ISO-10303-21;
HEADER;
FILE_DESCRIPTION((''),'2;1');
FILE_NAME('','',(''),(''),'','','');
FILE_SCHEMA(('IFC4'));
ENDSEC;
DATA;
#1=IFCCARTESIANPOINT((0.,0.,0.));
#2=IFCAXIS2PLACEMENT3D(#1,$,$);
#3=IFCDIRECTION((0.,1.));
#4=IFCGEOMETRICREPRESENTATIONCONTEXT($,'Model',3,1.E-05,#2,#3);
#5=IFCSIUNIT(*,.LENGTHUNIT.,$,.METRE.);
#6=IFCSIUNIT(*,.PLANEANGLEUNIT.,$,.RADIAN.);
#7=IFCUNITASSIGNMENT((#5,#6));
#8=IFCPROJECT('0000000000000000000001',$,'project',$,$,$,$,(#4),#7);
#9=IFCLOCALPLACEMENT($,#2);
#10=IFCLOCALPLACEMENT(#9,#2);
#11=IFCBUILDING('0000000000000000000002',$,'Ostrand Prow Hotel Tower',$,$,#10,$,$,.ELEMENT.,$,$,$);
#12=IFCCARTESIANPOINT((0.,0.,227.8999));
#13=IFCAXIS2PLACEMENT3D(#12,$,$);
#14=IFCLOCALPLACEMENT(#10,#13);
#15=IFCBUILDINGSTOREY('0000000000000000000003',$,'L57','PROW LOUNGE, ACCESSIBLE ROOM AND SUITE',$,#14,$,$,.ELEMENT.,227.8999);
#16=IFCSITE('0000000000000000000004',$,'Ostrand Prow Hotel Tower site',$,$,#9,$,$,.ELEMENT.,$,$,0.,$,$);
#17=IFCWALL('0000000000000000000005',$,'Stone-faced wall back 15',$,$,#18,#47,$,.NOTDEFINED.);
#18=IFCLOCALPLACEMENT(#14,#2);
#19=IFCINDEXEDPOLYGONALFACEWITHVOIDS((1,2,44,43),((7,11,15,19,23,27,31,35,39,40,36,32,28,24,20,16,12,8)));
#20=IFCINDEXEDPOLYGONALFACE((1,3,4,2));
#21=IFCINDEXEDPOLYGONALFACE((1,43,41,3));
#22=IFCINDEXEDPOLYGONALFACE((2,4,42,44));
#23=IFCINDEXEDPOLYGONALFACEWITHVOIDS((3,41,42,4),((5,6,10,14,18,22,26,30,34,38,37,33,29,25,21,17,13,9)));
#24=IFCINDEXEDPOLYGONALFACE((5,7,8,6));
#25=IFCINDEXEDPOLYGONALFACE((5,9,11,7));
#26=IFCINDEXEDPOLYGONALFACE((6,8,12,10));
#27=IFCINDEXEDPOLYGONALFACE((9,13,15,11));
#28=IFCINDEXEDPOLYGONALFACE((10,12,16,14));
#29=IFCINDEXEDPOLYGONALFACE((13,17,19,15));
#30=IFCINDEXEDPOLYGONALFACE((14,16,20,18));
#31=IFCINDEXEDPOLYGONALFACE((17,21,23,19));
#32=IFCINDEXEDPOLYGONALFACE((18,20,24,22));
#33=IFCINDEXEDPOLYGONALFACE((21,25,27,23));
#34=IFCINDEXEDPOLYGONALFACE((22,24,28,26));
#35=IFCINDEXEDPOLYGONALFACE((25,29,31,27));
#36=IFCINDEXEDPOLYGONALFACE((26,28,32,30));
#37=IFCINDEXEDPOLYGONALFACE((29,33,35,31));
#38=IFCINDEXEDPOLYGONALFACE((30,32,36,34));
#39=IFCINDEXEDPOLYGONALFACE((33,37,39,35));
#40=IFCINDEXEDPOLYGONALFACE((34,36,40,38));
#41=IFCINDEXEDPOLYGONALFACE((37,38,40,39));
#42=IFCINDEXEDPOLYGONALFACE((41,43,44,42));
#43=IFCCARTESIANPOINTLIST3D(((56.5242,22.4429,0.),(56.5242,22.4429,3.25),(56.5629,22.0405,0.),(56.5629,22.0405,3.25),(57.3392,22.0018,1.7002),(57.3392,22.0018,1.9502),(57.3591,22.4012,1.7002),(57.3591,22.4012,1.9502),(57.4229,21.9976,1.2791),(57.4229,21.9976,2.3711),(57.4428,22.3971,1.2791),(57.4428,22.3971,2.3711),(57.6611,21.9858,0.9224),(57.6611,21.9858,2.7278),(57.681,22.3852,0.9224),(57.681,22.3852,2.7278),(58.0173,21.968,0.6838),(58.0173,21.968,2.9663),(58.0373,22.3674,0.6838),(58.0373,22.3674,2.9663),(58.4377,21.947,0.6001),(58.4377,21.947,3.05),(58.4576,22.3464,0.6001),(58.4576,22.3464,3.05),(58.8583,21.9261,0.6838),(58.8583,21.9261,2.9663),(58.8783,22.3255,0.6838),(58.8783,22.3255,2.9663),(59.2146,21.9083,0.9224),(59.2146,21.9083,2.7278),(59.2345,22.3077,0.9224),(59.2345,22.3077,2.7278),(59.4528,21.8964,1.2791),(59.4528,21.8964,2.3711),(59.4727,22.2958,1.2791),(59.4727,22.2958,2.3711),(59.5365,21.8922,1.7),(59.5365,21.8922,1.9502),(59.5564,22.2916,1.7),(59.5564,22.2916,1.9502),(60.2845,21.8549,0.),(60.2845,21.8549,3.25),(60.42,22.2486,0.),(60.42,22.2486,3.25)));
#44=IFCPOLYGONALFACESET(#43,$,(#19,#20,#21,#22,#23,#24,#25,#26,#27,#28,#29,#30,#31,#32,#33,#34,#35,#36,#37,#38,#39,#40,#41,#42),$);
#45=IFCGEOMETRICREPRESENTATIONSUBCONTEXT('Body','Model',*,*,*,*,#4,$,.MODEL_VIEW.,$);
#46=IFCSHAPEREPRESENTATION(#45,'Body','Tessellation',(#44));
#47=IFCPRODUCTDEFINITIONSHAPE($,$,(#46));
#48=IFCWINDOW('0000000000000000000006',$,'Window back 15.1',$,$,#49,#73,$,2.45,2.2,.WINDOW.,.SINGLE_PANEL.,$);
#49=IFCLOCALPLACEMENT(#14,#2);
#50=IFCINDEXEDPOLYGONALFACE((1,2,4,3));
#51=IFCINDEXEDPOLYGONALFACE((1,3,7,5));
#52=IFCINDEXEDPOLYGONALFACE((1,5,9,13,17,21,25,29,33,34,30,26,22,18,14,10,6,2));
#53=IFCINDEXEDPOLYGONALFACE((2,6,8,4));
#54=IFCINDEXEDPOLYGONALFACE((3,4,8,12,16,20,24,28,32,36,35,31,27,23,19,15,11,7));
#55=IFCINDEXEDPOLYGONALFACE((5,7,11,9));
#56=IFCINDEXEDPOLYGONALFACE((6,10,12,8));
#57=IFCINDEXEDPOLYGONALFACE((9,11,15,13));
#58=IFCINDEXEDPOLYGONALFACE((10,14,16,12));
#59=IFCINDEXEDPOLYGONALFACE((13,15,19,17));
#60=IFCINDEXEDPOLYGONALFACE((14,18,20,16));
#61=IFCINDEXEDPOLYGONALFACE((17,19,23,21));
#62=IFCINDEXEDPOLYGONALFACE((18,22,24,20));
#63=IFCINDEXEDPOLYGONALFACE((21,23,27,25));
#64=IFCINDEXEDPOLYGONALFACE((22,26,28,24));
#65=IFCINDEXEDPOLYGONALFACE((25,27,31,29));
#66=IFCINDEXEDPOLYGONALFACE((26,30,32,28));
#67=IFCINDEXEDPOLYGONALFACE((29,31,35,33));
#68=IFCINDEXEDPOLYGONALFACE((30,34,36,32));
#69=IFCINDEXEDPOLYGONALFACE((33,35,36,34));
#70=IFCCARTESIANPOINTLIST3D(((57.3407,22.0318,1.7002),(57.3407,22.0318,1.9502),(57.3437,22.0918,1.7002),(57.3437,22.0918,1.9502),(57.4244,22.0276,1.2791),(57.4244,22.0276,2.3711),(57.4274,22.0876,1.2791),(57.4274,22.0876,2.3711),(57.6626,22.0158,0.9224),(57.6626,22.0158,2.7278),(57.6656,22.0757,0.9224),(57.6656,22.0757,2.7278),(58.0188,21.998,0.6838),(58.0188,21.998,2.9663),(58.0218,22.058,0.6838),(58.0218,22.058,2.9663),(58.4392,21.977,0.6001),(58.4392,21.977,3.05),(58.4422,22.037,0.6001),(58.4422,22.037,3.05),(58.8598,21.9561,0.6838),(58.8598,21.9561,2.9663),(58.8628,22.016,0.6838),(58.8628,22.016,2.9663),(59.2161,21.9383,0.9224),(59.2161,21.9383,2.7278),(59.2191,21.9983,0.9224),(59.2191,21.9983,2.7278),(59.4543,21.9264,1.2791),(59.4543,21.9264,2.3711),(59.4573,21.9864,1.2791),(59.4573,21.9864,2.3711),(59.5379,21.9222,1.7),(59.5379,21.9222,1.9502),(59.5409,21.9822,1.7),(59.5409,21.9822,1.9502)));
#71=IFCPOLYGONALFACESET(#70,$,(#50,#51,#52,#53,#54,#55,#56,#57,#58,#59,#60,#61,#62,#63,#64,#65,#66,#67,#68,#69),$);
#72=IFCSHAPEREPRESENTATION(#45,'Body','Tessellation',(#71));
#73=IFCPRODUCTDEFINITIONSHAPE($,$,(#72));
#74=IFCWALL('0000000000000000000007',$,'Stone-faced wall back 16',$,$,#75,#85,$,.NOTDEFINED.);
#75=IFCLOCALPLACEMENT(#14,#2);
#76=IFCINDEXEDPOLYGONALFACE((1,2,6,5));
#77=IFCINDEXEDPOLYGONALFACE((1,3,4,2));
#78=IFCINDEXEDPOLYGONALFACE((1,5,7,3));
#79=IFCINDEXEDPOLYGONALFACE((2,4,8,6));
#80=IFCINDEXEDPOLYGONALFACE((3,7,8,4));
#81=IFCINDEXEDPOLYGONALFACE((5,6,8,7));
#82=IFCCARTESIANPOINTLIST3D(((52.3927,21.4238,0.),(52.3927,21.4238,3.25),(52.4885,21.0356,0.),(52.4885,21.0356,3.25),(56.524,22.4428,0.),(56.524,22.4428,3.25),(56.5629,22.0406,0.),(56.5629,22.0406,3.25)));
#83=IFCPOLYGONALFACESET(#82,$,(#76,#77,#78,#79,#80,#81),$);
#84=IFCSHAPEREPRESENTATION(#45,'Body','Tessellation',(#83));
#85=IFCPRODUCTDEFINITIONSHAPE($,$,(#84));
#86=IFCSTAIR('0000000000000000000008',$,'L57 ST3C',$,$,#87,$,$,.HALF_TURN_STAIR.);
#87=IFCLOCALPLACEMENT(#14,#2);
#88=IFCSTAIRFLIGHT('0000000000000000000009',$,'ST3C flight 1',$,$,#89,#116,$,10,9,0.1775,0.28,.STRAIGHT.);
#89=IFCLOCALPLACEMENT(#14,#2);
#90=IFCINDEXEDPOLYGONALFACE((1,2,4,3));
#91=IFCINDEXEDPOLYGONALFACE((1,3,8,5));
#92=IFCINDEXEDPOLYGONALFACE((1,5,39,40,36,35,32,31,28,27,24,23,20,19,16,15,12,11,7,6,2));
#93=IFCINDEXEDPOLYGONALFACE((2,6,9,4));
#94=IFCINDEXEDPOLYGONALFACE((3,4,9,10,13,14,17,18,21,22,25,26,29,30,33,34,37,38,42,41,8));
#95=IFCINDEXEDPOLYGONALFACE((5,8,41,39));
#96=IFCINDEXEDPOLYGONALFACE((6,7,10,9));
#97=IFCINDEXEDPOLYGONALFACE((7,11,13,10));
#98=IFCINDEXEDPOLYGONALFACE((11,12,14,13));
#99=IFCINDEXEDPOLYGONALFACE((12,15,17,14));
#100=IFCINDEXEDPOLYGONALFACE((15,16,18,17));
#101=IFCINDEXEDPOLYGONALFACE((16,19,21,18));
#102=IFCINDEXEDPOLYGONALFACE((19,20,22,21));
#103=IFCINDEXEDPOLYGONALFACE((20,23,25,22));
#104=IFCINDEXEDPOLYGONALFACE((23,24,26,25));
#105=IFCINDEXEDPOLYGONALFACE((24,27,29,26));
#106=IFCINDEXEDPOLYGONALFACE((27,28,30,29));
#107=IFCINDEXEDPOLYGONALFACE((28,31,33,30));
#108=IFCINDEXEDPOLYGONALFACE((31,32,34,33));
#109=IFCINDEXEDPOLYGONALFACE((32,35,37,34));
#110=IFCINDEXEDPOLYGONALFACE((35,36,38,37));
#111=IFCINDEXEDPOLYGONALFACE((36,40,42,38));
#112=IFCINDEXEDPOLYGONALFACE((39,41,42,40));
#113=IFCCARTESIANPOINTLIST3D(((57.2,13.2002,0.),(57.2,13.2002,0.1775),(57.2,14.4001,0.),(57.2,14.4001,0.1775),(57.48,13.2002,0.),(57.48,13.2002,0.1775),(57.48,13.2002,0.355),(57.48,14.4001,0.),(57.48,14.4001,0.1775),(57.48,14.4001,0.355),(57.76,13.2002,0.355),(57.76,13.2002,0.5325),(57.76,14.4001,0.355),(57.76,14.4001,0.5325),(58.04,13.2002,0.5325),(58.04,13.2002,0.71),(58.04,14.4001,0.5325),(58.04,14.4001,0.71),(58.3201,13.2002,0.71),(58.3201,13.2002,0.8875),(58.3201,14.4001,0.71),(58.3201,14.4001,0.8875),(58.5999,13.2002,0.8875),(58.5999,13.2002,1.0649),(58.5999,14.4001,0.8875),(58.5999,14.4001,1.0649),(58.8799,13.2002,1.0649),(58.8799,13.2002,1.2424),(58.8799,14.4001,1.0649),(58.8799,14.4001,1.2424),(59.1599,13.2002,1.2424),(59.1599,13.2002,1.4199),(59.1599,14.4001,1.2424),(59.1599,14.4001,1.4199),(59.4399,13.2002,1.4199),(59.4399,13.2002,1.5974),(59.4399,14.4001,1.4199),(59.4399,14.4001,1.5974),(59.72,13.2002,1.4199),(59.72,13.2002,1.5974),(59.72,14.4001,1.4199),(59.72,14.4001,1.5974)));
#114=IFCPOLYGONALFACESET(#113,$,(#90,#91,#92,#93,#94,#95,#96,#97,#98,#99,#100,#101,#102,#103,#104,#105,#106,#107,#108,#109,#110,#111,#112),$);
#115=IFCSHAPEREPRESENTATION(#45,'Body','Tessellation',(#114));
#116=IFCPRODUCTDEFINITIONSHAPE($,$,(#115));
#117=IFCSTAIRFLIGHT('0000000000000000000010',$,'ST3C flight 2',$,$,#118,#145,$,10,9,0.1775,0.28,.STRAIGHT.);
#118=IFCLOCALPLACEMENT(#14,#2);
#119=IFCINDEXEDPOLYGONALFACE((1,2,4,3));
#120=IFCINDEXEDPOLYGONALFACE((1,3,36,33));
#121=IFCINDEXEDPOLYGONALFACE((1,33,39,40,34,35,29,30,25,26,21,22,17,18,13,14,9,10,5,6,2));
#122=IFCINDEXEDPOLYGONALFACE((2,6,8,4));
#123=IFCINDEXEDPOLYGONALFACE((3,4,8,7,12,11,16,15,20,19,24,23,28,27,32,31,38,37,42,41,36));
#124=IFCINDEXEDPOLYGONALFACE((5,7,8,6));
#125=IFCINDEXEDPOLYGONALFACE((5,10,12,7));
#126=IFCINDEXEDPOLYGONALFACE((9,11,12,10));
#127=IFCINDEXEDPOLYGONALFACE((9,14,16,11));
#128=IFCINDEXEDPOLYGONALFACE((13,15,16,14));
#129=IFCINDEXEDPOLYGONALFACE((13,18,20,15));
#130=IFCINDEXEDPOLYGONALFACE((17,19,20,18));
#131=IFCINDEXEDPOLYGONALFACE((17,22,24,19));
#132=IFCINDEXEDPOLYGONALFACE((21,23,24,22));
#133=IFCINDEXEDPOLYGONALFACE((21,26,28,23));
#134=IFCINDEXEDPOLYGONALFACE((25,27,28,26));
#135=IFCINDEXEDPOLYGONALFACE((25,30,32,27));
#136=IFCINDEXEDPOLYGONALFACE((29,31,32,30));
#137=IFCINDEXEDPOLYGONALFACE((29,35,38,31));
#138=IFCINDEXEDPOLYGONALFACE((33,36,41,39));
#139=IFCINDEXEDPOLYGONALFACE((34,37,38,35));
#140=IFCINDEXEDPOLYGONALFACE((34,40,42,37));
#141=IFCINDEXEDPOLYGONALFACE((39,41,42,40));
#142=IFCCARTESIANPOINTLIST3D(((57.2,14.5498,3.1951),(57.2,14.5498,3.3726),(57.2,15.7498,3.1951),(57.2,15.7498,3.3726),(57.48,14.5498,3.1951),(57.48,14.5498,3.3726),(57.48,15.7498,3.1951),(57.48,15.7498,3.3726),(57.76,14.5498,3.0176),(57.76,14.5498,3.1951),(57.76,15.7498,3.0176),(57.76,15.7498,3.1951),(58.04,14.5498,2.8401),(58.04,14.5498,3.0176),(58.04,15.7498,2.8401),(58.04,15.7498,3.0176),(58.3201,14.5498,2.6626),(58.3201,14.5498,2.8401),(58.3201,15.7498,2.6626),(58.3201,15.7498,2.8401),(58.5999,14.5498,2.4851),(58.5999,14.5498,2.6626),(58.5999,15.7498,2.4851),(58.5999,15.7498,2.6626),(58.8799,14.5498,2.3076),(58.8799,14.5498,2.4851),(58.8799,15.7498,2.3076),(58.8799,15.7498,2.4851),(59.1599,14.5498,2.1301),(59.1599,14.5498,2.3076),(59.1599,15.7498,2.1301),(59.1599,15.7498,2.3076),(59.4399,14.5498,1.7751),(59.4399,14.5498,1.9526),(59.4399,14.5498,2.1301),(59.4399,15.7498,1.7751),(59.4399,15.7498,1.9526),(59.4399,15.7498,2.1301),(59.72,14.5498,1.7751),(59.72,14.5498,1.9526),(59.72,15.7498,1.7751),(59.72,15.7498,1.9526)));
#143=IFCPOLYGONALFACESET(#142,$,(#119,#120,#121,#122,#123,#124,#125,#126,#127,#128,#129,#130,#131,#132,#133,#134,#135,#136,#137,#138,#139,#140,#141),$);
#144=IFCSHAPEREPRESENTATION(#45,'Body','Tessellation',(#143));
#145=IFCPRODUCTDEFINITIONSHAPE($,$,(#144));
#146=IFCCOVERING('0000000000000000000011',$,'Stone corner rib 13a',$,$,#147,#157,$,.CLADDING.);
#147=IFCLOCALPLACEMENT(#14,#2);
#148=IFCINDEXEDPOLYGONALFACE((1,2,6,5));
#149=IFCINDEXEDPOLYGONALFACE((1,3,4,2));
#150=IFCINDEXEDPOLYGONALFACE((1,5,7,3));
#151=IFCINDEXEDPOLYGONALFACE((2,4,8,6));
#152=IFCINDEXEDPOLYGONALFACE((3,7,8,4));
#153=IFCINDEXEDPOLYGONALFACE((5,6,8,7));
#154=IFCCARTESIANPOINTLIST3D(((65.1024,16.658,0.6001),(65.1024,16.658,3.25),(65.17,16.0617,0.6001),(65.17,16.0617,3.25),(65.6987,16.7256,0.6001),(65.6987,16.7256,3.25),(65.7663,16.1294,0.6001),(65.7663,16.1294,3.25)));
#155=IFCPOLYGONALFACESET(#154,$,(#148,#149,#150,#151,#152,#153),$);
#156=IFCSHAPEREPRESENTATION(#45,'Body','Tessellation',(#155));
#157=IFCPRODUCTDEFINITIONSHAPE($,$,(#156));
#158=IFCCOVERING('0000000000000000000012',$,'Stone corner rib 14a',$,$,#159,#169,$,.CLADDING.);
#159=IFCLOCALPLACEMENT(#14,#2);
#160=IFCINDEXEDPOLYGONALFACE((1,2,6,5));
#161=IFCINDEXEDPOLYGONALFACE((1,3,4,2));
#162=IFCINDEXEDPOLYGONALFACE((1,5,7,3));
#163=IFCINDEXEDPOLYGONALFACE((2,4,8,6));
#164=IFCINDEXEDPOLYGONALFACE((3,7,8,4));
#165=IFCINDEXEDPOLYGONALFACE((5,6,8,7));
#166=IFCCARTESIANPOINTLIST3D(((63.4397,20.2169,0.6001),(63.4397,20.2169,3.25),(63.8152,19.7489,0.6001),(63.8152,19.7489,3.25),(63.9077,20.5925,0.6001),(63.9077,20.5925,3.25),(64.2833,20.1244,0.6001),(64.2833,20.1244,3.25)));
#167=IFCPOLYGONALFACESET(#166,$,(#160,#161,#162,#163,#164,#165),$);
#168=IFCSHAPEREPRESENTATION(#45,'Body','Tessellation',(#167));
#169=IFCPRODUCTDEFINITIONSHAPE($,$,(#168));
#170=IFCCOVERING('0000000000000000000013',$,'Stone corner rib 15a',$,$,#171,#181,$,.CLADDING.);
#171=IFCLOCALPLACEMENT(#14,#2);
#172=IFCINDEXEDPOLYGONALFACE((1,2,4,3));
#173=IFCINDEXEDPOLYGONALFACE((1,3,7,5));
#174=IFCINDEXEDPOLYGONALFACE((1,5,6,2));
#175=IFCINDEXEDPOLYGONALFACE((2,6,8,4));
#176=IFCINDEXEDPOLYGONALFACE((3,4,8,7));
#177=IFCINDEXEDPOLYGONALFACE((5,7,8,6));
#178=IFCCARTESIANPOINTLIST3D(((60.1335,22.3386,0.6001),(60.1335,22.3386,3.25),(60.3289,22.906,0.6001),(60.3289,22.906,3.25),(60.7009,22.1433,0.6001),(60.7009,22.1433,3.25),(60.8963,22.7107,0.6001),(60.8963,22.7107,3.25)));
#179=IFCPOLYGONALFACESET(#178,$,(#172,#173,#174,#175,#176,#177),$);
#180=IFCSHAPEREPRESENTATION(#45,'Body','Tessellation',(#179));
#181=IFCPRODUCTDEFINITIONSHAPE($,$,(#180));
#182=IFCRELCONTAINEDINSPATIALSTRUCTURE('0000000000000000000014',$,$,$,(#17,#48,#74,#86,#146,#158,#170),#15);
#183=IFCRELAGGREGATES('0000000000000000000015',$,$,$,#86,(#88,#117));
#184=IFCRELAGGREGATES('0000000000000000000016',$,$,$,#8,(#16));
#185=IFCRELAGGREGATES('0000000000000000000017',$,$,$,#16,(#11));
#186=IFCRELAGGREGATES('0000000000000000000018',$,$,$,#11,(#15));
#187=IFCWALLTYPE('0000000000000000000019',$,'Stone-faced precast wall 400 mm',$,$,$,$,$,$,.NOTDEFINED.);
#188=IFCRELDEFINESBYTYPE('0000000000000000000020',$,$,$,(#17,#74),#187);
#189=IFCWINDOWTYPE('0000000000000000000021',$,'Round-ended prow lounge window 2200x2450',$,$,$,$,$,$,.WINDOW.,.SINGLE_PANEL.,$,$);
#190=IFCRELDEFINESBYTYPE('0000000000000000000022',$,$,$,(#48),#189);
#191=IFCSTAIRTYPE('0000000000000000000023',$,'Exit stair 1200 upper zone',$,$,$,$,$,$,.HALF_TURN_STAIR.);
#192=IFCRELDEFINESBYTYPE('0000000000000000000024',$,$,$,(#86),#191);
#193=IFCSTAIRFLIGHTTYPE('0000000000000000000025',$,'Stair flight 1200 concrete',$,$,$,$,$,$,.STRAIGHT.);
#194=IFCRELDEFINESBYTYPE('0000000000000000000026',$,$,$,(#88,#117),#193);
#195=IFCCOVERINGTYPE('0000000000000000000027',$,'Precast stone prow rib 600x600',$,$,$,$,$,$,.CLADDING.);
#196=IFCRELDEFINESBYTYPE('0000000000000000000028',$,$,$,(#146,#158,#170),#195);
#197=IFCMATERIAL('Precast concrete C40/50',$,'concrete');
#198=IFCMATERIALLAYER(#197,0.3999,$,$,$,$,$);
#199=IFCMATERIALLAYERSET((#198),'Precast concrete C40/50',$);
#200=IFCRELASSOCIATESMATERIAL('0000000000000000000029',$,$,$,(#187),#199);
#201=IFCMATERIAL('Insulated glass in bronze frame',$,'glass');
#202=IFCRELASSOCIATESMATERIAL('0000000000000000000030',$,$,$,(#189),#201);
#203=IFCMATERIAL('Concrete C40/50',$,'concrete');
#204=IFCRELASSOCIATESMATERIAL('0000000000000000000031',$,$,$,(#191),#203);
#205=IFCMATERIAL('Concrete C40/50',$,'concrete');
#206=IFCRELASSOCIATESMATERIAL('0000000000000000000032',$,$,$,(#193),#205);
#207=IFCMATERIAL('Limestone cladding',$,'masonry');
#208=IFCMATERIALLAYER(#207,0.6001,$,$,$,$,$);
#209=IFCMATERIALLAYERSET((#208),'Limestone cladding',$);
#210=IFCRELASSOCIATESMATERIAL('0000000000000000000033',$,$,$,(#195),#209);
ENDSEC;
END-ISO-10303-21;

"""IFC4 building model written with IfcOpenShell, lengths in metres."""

from ifc_helpers import new_model, si_unit, direction, frame, frame_2d, origin, place, context, subcontext, project, spatial, polyline, rectangle, outline, extrude, material, layer, layer_set, type_object, element, fill, aggregate, save


model = new_model("IFC4")

# Units and contexts
model_context = context("Model", 3, precision=1e-05, world=origin(), true_north=direction((0.0, 1.0)))
body_context = subcontext(model_context, "Body", "Model", "MODEL_VIEW")
ifc_project = project(units=[si_unit("LENGTHUNIT", "METRE"), si_unit("PLANEANGLEUNIT", "RADIAN")], contexts=[model_context])

# Site, building, storey
site_placement = place(None, origin())
site = spatial("IfcSite", under=ifc_project, at=site_placement, Name="Ostrand Prow Hotel Tower site", CompositionType="ELEMENT", RefElevation=0.0)
building_placement = place(site_placement, origin())
building = spatial("IfcBuilding", under=site, at=building_placement, Name="Ostrand Prow Hotel Tower", CompositionType="ELEMENT")
storey_placement = place(building_placement, frame((0.0, 0.0, 227.8999)))
storey = spatial("IfcBuildingStorey", under=building, at=storey_placement, Name="L57", Description="PROW LOUNGE, ACCESSIBLE ROOM AND SUITE", CompositionType="ELEMENT", Elevation=227.8999)

# Wall, opening, window
ifc_material_1 = material(Name="Precast concrete C40/50", Category="concrete")
ifc_layer_1 = layer(ifc_material_1, 0.3999)
ifc_layer_set_1 = layer_set([ifc_layer_1], Name="Precast concrete C40/50")
wall_type = type_object("IfcWallType", Name="Stone-faced precast wall 400 mm", PredefinedType="NOTDEFINED", material=ifc_layer_set_1)
ifc_material_2 = material(Name="Insulated glass in bronze frame", Category="glass")
window_type = type_object("IfcWindowType", Name="Round-ended prow lounge window 2200x2450", PartitioningType="SINGLE_PANEL", PredefinedType="WINDOW", material=ifc_material_2)
wall_1_placement = place(storey_placement, frame((60.3523, 22.0518, 0.0), z_axis=(0.0, 0.0, 1.0), x_axis=(-0.998759, 0.049807, 0.0)))
wall_1 = element("IfcWall", 1, at=wall_1_placement, inside=storey, type_object=wall_type, Name="Stone-faced wall back 15", PredefinedType="NOTDEFINED", context=body_context, shape_type="SweptSolid", body=[
    extrude(outline(polyline([(-0.0579, -0.2), (3.8428, -0.2), (3.7842, 0.2), (0.0579, 0.2), (-0.0579, -0.2)])), origin(), (0.0, 0.0, 1.0), 3.25),
])
opening_1_placement = place(wall_1_placement, frame((0.8069, 0.0, 0.6001)))
opening_1 = element("IfcOpeningElement", 2, at=opening_1_placement, cuts=wall_1, PredefinedType="OPENING", context=body_context, shape_type="SweptSolid", body=[
    extrude(outline(polyline([(0.0, 1.3501), (0.0837, 1.771), (0.3223, 2.1277), (0.679, 2.3662), (1.1001, 2.45), (1.521, 2.3662), (1.8777, 2.1277), (2.1162, 1.771), (2.2, 1.3501), (2.2, 1.1001), (2.1162, 0.679), (1.8777, 0.3223), (1.521, 0.0837), (1.1001, 0.0), (0.679, 0.0837), (0.3223, 0.3223), (0.0837, 0.679), (0.0, 1.0999), (0.0, 1.3501)])), frame((0.0, 0.21, 0.0), z_axis=(0.0, -1.0, 0.0), x_axis=(1.0, 0.0, 0.0)), (0.0, 0.0, 1.0), 0.4199),
])
window_1_placement = place(opening_1_placement, origin())
window_1 = element("IfcWindow", 3, at=window_1_placement, inside=storey, type_object=window_type, Name="Window back 15.1", OverallHeight=2.45, OverallWidth=2.2, PartitioningType="SINGLE_PANEL", PredefinedType="WINDOW", context=body_context, shape_type="SweptSolid", body=[
    extrude(outline(polyline([(0.0, 1.3501), (0.0837, 1.771), (0.3223, 2.1277), (0.679, 2.3662), (1.1001, 2.45), (1.521, 2.3662), (1.8777, 2.1277), (2.1162, 1.771), (2.2, 1.3501), (2.2, 1.1001), (2.1162, 0.679), (1.8777, 0.3223), (1.521, 0.0837), (1.1001, 0.0), (0.679, 0.0837), (0.3223, 0.3223), (0.0837, 0.679), (0.0, 1.0999), (0.0, 1.3501)])), frame((0.0, 0.1699, 0.0), z_axis=(0.0, -1.0, 0.0), x_axis=(1.0, 0.0, 0.0)), (0.0, 0.0, 1.0), 0.0601),
])
fill(opening_1, window_1)

# Wall
wall_2_placement = place(storey_placement, frame((56.5435, 22.2417, 0.0), z_axis=(0.0, 0.0, 1.0), x_axis=(-0.970902, -0.239476, 0.0)))
element("IfcWall", 4, at=wall_2_placement, inside=storey, type_object=wall_type, Name="Stone-faced wall back 16", PredefinedType="NOTDEFINED", context=body_context, shape_type="SweptSolid", body=[
    extrude(outline(polyline([(-0.0293, -0.2), (4.2258, -0.2), (4.2258, 0.2), (0.0293, 0.2), (-0.0293, -0.2)])), origin(), (0.0, 0.0, 1.0), 3.25),
])

# Stair, stair flights
ifc_material_3 = material(Name="Concrete C40/50", Category="concrete")
stair_type = type_object("IfcStairType", Name="Exit stair 1200 upper zone", PredefinedType="HALF_TURN_STAIR", material=ifc_material_3)
stair_placement = place(storey_placement, origin())
stair = element("IfcStair", 5, at=stair_placement, inside=storey, type_object=stair_type, Name="L57 ST3C", PredefinedType="HALF_TURN_STAIR")
ifc_material_4 = material(Name="Concrete C40/50", Category="concrete")
stair_flight_type = type_object("IfcStairFlightType", Name="Stair flight 1200 concrete", PredefinedType="STRAIGHT", material=ifc_material_4)
stair_flight_1_placement = place(storey_placement, frame((57.2, 13.8, 0.0), z_axis=(0.0, 0.0, 1.0), x_axis=(1.0, 0.0, 0.0)))
stair_flight_1 = element("IfcStairFlight", 6, at=stair_flight_1_placement, type_object=stair_flight_type, Name="ST3C flight 1", NumberOfRisers=10, NumberOfTreads=9, PredefinedType="STRAIGHT", RiserHeight=0.1775, TreadLength=0.28, context=body_context, shape_type="SweptSolid", body=[
    extrude(outline(polyline([(0.0, 0.0), (0.0, 0.1775), (0.28, 0.1775), (0.28, 0.355), (0.5601, 0.355), (0.5601, 0.5325), (0.8401, 0.5325), (0.8401, 0.71), (1.1201, 0.71), (1.1201, 0.8875), (1.3999, 0.8875), (1.3999, 1.0649), (1.6799, 1.0649), (1.6799, 1.2424), (1.96, 1.2424), (1.96, 1.4199), (2.24, 1.4199), (2.24, 1.5974), (2.52, 1.5974), (2.52, 1.7749), (2.52, 1.4199), (0.28, 0.0), (0.0, 0.0)])), frame((0.0, 0.6001, 0.0), z_axis=(0.0, -1.0, 0.0), x_axis=(1.0, 0.0, 0.0)), (0.0, 0.0, 1.0), 1.2),
])
stair_flight_2_placement = place(storey_placement, frame((59.72, 15.1499, 1.7751), z_axis=(0.0, 0.0, 1.0), x_axis=(-1.0, 0.0, 0.0)))
stair_flight_2 = element("IfcStairFlight", 7, at=stair_flight_2_placement, type_object=stair_flight_type, Name="ST3C flight 2", NumberOfRisers=10, NumberOfTreads=9, PredefinedType="STRAIGHT", RiserHeight=0.1775, TreadLength=0.28, context=body_context, shape_type="SweptSolid", body=[
    extrude(outline(polyline([(0.0, 0.0), (0.0, 0.1775), (0.28, 0.1775), (0.28, 0.355), (0.5601, 0.355), (0.5601, 0.5325), (0.8401, 0.5325), (0.8401, 0.71), (1.1201, 0.71), (1.1201, 0.8875), (1.3999, 0.8875), (1.3999, 1.0649), (1.6799, 1.0649), (1.6799, 1.2424), (1.96, 1.2424), (1.96, 1.4199), (2.24, 1.4199), (2.24, 1.5974), (2.52, 1.5974), (2.52, 1.7749), (2.52, 1.4199), (0.28, 0.0), (0.0, 0.0)])), frame((0.0, 0.6001, 0.0), z_axis=(0.0, -1.0, 0.0), x_axis=(1.0, 0.0, 0.0)), (0.0, 0.0, 1.0), 1.2),
])
aggregate(stair, [stair_flight_1, stair_flight_2])

# Coverings
ifc_material_5 = material(Name="Limestone cladding", Category="masonry")
ifc_layer_2 = layer(ifc_material_5, 0.6001)
ifc_layer_set_2 = layer_set([ifc_layer_2], Name="Limestone cladding")
covering_type = type_object("IfcCoveringType", Name="Precast stone prow rib 600x600", PredefinedType="CLADDING", material=ifc_layer_set_2)
for number, where, z_axis, x_axis, name in (
    (8, (65.1362, 16.3599, 0.6001), (0.0, 0.0, 1.0), (0.993628, 0.112709, 0.0), "Stone corner rib 13a"),
    (9, (63.6274, 19.9829, 0.6001), (0.0, 0.0, 1.0), (0.779995, 0.625786, 0.0), "Stone corner rib 14a"),
    (10, (60.4172, 22.241, 0.6001), (0.0, 0.0, 1.0), (0.325489, 0.945546, 0.0), "Stone corner rib 15a"),
):
    element("IfcCovering", number, at=place(storey_placement, frame(where, z_axis=z_axis, x_axis=x_axis)), inside=storey, type_object=covering_type, Name=name, PredefinedType="CLADDING", context=body_context, shape_type="SweptSolid", body=[
        extrude(rectangle(XDim=0.6001, YDim=0.6001, at=frame_2d((0.3, 0.0))), origin(), (0.0, 0.0, 1.0), 2.6499),
    ])

save(model, "model.ifc")
